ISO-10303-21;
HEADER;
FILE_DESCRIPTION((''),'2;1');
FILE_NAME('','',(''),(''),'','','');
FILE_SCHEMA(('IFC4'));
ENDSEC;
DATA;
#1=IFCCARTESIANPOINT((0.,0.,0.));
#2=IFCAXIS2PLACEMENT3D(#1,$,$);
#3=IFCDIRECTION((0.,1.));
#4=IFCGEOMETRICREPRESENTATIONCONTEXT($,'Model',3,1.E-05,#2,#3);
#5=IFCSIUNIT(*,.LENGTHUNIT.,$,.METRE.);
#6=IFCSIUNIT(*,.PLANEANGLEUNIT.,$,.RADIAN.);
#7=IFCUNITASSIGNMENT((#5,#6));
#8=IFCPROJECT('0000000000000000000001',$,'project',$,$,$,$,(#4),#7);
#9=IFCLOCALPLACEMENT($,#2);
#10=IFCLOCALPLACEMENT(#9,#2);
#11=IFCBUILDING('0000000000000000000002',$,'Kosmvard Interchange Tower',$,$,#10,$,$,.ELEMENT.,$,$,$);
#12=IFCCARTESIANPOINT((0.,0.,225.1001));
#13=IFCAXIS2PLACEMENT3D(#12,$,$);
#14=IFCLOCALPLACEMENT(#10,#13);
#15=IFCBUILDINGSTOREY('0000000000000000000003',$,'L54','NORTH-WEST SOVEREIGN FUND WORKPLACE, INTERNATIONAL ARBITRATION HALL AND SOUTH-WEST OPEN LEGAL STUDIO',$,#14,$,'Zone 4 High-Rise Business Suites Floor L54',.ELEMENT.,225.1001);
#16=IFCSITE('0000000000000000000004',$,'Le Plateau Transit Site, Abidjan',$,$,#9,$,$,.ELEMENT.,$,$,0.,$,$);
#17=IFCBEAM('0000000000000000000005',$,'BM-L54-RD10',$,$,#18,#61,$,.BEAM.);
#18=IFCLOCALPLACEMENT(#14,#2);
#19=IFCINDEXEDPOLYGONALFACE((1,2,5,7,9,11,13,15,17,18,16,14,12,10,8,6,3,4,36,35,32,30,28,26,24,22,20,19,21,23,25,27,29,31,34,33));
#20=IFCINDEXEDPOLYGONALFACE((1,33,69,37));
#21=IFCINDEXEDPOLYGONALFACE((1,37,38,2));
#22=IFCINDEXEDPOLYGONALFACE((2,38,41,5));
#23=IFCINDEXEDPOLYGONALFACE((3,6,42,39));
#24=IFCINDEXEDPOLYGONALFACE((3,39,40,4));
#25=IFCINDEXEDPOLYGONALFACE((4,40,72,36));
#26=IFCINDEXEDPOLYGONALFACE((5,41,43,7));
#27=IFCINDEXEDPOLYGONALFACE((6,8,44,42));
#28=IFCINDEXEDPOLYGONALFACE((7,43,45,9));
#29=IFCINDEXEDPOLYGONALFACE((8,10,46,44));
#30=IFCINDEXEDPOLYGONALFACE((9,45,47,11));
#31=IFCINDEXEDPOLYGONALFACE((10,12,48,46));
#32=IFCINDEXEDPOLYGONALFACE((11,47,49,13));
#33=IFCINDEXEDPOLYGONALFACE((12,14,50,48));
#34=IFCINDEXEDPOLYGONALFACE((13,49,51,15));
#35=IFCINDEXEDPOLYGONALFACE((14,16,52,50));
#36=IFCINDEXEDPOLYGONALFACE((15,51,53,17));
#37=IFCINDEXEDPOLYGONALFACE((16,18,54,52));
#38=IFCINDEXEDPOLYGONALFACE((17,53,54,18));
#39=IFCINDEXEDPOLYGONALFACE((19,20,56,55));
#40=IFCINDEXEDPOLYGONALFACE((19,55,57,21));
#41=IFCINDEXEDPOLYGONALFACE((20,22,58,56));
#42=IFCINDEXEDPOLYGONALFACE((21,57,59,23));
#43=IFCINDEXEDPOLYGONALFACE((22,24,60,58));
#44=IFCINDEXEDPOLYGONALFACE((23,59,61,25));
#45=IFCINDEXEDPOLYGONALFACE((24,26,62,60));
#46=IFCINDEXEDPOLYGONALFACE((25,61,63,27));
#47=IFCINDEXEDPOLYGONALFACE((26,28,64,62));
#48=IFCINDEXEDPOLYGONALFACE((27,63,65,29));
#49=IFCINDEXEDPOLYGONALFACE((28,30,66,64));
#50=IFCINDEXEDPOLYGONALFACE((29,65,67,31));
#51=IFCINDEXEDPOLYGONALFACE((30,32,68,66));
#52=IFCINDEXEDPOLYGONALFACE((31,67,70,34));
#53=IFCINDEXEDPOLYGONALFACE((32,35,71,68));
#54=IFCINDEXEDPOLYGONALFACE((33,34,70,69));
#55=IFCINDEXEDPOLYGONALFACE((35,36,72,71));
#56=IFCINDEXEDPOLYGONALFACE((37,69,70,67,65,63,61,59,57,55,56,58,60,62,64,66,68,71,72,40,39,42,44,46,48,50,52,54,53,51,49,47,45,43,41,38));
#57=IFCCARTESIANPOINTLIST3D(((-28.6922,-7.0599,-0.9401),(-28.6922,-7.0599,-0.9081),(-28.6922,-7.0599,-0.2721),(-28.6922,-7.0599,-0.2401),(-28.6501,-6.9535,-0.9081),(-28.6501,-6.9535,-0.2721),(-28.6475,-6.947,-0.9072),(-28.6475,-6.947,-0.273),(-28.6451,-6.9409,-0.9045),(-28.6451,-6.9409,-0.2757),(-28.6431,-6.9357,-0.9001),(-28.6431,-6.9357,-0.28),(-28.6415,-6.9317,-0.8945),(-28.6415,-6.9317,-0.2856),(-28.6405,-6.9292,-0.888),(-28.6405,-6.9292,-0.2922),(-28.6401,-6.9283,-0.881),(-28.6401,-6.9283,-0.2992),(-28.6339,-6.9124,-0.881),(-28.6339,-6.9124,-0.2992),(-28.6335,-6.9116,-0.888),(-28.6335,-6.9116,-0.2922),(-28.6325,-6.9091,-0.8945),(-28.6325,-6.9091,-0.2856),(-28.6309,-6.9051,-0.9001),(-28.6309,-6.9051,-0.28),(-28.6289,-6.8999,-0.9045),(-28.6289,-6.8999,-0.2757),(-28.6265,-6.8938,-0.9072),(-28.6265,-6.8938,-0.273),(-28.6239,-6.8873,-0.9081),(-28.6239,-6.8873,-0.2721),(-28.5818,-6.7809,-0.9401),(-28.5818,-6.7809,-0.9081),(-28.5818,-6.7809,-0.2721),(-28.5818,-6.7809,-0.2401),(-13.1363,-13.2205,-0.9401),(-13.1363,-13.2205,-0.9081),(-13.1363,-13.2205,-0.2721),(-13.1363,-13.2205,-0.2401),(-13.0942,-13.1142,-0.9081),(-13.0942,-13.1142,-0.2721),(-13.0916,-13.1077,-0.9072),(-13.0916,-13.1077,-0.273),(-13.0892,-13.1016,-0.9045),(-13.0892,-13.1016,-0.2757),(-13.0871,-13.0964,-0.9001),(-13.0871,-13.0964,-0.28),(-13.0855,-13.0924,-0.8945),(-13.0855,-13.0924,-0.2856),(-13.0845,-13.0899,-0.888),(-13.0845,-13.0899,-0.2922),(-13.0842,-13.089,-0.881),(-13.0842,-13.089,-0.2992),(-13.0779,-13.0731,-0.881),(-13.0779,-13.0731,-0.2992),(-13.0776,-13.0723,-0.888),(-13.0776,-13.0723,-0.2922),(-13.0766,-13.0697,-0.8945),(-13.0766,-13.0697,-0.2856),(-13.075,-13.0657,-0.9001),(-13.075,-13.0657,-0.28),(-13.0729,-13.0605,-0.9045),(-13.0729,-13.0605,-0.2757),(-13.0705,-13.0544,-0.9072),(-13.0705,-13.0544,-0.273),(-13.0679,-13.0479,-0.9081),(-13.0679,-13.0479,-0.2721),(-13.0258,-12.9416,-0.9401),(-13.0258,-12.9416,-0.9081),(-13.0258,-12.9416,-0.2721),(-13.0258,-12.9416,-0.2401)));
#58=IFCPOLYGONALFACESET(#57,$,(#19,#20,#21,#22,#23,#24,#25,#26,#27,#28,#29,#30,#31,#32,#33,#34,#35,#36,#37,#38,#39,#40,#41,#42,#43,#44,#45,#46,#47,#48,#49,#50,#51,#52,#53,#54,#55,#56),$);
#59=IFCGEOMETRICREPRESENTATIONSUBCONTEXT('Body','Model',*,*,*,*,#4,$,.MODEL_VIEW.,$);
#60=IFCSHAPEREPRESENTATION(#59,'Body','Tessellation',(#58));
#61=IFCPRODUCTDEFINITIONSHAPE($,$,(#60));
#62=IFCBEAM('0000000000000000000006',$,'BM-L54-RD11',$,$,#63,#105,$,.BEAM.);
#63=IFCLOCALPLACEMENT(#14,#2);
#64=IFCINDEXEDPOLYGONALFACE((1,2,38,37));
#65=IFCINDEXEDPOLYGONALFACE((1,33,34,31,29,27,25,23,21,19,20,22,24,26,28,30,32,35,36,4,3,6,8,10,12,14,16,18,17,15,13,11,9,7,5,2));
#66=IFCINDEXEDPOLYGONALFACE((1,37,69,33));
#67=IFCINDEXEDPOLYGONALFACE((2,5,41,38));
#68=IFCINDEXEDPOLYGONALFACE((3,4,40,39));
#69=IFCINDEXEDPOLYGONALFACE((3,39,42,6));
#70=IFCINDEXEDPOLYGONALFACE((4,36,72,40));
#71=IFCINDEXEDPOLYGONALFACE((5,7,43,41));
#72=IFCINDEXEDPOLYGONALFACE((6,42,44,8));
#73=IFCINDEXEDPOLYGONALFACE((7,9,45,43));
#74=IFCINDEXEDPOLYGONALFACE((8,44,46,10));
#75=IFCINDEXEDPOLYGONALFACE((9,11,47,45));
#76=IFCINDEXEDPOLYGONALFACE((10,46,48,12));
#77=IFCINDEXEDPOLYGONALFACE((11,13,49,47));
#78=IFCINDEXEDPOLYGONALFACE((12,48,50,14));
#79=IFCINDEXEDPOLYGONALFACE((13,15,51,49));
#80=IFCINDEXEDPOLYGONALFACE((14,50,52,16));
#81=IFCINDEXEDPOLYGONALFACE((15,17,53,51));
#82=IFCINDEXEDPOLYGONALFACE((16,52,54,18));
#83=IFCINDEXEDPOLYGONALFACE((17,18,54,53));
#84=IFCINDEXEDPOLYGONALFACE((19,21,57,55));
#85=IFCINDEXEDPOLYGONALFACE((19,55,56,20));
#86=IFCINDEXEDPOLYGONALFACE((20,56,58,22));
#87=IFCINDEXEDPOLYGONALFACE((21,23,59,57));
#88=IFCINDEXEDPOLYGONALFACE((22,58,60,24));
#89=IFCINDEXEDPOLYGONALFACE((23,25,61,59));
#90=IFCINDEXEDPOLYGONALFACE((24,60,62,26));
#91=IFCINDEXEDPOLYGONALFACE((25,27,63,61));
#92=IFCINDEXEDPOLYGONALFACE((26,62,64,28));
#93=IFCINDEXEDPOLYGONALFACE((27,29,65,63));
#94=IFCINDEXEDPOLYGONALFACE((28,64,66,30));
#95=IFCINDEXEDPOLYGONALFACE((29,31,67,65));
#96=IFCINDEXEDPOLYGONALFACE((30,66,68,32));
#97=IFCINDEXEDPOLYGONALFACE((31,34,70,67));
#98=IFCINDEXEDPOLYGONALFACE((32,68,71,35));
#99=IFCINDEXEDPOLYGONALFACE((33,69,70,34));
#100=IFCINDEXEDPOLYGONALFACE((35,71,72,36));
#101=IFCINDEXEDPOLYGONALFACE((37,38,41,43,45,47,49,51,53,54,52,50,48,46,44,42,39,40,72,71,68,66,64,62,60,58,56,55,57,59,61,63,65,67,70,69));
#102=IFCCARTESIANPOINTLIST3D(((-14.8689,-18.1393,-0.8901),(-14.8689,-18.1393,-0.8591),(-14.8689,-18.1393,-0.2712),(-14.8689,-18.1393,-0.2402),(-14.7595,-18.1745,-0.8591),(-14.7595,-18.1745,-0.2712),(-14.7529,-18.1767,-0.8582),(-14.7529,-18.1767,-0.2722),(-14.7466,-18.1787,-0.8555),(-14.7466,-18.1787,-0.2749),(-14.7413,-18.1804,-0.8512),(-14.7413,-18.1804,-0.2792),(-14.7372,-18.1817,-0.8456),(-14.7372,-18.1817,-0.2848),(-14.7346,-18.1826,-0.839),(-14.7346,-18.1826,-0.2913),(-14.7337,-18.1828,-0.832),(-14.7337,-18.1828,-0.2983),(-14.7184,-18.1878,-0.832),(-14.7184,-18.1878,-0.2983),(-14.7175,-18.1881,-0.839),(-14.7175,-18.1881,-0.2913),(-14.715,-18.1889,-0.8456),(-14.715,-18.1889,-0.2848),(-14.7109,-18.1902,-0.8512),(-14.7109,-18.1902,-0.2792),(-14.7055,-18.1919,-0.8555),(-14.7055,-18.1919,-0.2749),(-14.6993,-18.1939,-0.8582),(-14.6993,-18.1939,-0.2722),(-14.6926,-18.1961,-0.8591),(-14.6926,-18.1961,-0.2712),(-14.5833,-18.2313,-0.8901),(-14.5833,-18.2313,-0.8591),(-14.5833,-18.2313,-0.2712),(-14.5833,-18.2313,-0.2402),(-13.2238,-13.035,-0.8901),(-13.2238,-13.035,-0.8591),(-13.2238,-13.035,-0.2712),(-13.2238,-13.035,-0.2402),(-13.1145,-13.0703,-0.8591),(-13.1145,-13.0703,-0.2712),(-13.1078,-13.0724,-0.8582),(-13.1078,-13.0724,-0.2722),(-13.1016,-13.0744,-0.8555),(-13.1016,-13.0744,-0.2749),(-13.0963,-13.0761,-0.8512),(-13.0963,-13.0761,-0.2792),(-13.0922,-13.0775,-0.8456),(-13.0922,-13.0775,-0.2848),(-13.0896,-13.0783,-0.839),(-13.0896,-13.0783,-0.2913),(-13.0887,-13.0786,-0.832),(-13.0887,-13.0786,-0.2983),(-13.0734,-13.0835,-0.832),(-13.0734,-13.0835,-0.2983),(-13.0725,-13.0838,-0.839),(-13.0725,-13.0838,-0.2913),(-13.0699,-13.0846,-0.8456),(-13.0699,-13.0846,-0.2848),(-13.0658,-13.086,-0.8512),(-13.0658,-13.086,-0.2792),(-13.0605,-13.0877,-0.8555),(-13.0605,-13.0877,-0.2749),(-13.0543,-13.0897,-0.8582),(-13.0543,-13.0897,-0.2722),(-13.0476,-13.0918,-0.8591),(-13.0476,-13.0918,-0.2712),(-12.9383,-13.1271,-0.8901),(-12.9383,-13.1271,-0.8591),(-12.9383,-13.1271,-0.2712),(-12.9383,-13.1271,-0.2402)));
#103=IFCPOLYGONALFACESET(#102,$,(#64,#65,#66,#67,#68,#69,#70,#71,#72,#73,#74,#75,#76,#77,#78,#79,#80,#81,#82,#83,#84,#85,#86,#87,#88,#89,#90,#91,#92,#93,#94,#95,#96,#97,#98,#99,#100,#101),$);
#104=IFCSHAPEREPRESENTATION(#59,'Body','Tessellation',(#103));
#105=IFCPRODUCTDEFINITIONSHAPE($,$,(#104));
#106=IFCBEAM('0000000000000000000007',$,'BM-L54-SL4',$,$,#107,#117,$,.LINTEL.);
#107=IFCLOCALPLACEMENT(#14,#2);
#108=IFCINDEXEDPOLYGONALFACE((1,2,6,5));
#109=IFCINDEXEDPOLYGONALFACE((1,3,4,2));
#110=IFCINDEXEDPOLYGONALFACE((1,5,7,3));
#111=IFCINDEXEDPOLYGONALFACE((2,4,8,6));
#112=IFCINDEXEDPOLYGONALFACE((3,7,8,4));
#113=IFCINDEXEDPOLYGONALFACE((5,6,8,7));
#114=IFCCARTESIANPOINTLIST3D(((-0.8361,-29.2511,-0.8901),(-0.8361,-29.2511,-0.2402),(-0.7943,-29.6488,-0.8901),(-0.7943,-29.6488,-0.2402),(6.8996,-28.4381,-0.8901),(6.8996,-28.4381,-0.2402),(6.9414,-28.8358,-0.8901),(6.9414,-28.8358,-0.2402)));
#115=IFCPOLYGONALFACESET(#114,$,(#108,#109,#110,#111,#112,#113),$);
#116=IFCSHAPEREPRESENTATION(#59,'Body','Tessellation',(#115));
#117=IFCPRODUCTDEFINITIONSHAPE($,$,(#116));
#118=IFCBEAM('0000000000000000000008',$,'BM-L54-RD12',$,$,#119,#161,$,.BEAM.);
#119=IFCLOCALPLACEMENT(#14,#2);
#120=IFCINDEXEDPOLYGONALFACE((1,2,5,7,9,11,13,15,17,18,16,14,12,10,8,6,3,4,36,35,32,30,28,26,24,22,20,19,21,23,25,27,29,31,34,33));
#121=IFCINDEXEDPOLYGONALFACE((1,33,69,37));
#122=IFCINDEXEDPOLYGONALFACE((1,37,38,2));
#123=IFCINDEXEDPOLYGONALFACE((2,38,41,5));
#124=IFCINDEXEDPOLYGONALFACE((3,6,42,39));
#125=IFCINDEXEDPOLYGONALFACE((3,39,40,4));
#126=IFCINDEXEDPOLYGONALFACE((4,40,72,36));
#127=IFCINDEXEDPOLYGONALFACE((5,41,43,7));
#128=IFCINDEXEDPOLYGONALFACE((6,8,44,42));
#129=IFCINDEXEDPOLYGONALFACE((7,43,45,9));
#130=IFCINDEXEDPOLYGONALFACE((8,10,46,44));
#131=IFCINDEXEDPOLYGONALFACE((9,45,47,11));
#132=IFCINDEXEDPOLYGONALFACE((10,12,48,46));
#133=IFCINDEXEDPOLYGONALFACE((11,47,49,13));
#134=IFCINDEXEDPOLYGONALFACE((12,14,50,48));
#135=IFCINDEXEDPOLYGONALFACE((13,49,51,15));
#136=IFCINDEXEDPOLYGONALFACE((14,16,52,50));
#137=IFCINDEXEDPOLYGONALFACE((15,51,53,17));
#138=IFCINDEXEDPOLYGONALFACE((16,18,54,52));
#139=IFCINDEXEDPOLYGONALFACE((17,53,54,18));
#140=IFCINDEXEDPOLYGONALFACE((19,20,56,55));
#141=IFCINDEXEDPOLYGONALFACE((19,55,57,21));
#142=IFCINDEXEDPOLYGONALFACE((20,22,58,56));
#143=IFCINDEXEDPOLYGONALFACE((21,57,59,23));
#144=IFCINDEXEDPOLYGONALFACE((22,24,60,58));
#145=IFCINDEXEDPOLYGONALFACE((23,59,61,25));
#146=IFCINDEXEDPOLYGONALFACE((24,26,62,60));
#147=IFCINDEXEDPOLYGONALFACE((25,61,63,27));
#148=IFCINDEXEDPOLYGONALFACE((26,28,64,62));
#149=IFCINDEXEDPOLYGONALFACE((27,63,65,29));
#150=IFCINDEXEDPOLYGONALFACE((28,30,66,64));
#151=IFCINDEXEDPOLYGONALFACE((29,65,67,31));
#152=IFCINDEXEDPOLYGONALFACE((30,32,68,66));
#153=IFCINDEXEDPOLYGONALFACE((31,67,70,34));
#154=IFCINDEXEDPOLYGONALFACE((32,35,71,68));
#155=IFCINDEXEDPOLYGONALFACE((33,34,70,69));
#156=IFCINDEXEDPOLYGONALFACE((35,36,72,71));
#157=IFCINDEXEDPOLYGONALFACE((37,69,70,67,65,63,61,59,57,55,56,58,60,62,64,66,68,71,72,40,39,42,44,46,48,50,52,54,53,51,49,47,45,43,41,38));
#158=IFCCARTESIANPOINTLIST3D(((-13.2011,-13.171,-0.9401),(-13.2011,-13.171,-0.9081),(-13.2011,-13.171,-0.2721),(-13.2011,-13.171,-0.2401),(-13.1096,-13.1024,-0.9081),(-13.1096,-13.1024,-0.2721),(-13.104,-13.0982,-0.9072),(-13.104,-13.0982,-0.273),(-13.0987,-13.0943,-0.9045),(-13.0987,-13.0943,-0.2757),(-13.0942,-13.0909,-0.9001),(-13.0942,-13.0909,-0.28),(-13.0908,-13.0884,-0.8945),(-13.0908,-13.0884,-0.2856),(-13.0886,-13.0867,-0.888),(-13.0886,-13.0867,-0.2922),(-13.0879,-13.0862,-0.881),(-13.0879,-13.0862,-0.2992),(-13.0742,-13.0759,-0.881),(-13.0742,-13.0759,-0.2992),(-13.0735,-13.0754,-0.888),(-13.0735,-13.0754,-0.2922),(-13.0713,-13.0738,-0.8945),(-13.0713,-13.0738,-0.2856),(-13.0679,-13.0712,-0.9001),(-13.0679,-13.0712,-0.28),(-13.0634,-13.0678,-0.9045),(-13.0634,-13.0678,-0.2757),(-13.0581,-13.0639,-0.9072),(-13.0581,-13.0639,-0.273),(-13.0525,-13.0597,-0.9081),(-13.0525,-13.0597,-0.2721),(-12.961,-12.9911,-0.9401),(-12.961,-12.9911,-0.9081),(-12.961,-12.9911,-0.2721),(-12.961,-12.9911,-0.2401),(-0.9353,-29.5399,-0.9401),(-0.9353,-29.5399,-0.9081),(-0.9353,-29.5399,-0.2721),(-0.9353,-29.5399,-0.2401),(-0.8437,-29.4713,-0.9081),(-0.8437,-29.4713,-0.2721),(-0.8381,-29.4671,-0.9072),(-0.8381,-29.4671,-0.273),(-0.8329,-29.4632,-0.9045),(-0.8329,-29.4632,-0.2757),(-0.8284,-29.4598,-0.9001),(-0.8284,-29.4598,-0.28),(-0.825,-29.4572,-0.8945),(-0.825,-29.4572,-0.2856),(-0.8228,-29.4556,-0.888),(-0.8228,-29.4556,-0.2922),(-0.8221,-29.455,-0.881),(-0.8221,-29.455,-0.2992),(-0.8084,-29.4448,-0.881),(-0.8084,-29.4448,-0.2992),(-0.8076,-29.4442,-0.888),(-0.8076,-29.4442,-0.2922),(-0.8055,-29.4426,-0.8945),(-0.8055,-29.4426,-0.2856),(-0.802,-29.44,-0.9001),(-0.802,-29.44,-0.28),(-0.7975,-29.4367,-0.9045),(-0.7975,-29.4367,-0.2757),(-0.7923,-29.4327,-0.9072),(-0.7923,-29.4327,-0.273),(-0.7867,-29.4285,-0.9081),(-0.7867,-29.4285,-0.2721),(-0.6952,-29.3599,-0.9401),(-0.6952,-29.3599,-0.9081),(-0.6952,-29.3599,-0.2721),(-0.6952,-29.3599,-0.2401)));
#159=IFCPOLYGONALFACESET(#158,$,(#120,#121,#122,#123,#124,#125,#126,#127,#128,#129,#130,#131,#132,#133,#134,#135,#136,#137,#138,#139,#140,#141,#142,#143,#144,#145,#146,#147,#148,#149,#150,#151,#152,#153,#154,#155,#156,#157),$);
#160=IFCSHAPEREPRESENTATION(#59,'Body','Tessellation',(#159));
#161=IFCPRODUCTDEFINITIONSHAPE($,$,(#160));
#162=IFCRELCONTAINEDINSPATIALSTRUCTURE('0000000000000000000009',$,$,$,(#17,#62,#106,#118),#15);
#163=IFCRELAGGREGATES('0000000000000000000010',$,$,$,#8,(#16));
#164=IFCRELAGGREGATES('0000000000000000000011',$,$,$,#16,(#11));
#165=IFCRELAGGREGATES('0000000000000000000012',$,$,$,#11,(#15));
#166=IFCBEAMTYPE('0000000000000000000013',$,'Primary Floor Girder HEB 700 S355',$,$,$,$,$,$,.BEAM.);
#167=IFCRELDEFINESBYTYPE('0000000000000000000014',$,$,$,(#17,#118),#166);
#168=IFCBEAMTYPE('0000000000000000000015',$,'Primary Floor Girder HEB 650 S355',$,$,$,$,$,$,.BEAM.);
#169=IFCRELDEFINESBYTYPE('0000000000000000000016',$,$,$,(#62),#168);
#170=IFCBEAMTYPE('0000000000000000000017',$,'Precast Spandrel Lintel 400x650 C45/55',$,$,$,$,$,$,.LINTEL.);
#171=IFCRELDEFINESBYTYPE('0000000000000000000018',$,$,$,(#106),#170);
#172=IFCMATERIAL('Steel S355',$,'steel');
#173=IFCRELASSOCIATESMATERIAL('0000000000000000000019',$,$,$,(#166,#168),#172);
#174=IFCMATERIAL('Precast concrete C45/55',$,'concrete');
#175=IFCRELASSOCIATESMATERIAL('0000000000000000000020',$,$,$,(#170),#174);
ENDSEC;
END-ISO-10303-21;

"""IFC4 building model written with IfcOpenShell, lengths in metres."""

from ifc_helpers import new_model, si_unit, direction, frame, origin, origin_2d, place, context, subcontext, project, spatial, rectangle, i_section, extrude, source, transform, mapped, material, material_profile, profile_set, type_object, element, save


model = new_model("IFC4")

# Units and contexts
model_context = context("Model", 3, precision=1e-05, world=origin(), true_north=direction((0.0, 1.0)))
body_context = subcontext(model_context, "Body", "Model", "MODEL_VIEW")
ifc_project = project(units=[si_unit("LENGTHUNIT", "METRE"), si_unit("PLANEANGLEUNIT", "RADIAN")], contexts=[model_context])

# Site, building, storey
site_placement = place(None, origin())
site = spatial("IfcSite", under=ifc_project, at=site_placement, Name="Le Plateau Transit Site, Abidjan", CompositionType="ELEMENT", RefElevation=0.0)
building_placement = place(site_placement, origin())
building = spatial("IfcBuilding", under=site, at=building_placement, Name="Kosmvard Interchange Tower", CompositionType="ELEMENT")
storey_placement = place(building_placement, frame((0.0, 0.0, 225.1001)))
storey = spatial("IfcBuildingStorey", under=building, at=storey_placement, Name="L54", Description="NORTH-WEST SOVEREIGN FUND WORKPLACE, INTERNATIONAL ARBITRATION HALL AND SOUTH-WEST OPEN LEGAL STUDIO", LongName="Zone 4 High-Rise Business Suites Floor L54", CompositionType="ELEMENT", Elevation=225.1001)

# Beams
ifc_material_1 = material(Name="Steel S355", Category="steel")
ifc_material_profile_1 = material_profile(ifc_material_1, i_section(OverallWidth=0.3, OverallDepth=0.7, WebThickness=0.0171, FlangeThickness=0.032, FilletRadius=0.0271, at=origin_2d()), Name="HEB 700")
ifc_profile_set_1 = profile_set([ifc_material_profile_1], Name="Steel S355")
beam_type_1 = type_object("IfcBeamType", Name="Primary Floor Girder HEB 700 S355", PredefinedType="BEAM", material=ifc_profile_set_1)
shared_shape_1 = source(origin(), body_context, "Body", "SweptSolid", [
    extrude(i_section(OverallWidth=0.3, OverallDepth=0.7, WebThickness=0.0171, FlangeThickness=0.032, FilletRadius=0.0271, at=origin_2d()), origin(), (0.0, 0.0, 1.0), 16.7314),
])
beam_1_placement = place(storey_placement, frame((-13.0811, -13.0811, -0.5901), z_axis=(-0.929743, 0.368209, 0.0), x_axis=(-0.368209, -0.929743, 0.0)))
element("IfcBeam", 1, at=beam_1_placement, inside=storey, type_object=beam_type_1, Name="BM-L54-RD10", PredefinedType="BEAM", context=body_context, shape_type="MappedRepresentation", body=[
    mapped(shared_shape_1, transform((0.0, 0.0, 0.0), scale=1.0)),
])
ifc_material_profile_2 = material_profile(ifc_material_1, i_section(OverallWidth=0.3, OverallDepth=0.6499, WebThickness=0.0161, FlangeThickness=0.031, FilletRadius=0.0271, at=origin_2d()), Name="HEB 650")
ifc_profile_set_2 = profile_set([ifc_material_profile_2], Name="Steel S355")
beam_type_2 = type_object("IfcBeamType", Name="Primary Floor Girder HEB 650 S355", PredefinedType="BEAM", material=ifc_profile_set_2)
shared_shape_2 = source(origin(), body_context, "Body", "SweptSolid", [
    extrude(i_section(OverallWidth=0.3, OverallDepth=0.6499, WebThickness=0.0161, FlangeThickness=0.031, FilletRadius=0.0271, at=origin_2d()), origin(), (0.0, 0.0, 1.0), 5.3628),
])
beam_2_placement = place(storey_placement, frame((-13.0811, -13.0811, -0.5652), z_axis=(-0.306747, -0.951791, 0.0), x_axis=(0.951791, -0.306747, 0.0)))
element("IfcBeam", 2, at=beam_2_placement, inside=storey, type_object=beam_type_2, Name="BM-L54-RD11", PredefinedType="BEAM", context=body_context, shape_type="MappedRepresentation", body=[
    mapped(shared_shape_2, transform((0.0, 0.0, 0.0), scale=1.0)),
])
ifc_material_2 = material(Name="Precast concrete C45/55", Category="concrete")
ifc_material_profile_3 = material_profile(ifc_material_2, rectangle(XDim=0.3999, YDim=0.6499, at=origin_2d()), Name="SL 400x650")
ifc_profile_set_3 = profile_set([ifc_material_profile_3], Name="Precast concrete C45/55")
beam_type_3 = type_object("IfcBeamType", Name="Precast Spandrel Lintel 400x650 C45/55", PredefinedType="LINTEL", material=ifc_profile_set_3)
shared_shape_3 = source(origin(), body_context, "Body", "SweptSolid", [
    extrude(rectangle(XDim=0.3999, YDim=0.6499, at=origin_2d()), origin(), (0.0, 0.0, 1.0), 7.7783),
])
beam_3_placement = place(storey_placement, frame((-0.8152, -29.45, -0.5652), z_axis=(0.994523, 0.104521, 0.0), x_axis=(-0.104521, 0.994523, 0.0)))
element("IfcBeam", 3, at=beam_3_placement, inside=storey, type_object=beam_type_3, Name="BM-L54-SL4", PredefinedType="LINTEL", context=body_context, shape_type="MappedRepresentation", body=[
    mapped(shared_shape_3, transform((0.0, 0.0, 0.0), scale=1.0)),
])
shared_shape_4 = source(origin(), body_context, "Body", "SweptSolid", [
    extrude(i_section(OverallWidth=0.3, OverallDepth=0.7, WebThickness=0.0171, FlangeThickness=0.032, FilletRadius=0.0271, at=origin_2d()), origin(), (0.0, 0.0, 1.0), 20.4546),
])
beam_4_placement = place(storey_placement, frame((-13.0811, -13.0811, -0.5901), z_axis=(0.599662, -0.800253, 0.0), x_axis=(0.800253, 0.599662, 0.0)))
element("IfcBeam", 4, at=beam_4_placement, inside=storey, type_object=beam_type_1, Name="BM-L54-RD12", PredefinedType="BEAM", context=body_context, shape_type="MappedRepresentation", body=[
    mapped(shared_shape_4, transform((0.0, 0.0, 0.0), scale=1.0)),
])

save(model, "model.ifc")
